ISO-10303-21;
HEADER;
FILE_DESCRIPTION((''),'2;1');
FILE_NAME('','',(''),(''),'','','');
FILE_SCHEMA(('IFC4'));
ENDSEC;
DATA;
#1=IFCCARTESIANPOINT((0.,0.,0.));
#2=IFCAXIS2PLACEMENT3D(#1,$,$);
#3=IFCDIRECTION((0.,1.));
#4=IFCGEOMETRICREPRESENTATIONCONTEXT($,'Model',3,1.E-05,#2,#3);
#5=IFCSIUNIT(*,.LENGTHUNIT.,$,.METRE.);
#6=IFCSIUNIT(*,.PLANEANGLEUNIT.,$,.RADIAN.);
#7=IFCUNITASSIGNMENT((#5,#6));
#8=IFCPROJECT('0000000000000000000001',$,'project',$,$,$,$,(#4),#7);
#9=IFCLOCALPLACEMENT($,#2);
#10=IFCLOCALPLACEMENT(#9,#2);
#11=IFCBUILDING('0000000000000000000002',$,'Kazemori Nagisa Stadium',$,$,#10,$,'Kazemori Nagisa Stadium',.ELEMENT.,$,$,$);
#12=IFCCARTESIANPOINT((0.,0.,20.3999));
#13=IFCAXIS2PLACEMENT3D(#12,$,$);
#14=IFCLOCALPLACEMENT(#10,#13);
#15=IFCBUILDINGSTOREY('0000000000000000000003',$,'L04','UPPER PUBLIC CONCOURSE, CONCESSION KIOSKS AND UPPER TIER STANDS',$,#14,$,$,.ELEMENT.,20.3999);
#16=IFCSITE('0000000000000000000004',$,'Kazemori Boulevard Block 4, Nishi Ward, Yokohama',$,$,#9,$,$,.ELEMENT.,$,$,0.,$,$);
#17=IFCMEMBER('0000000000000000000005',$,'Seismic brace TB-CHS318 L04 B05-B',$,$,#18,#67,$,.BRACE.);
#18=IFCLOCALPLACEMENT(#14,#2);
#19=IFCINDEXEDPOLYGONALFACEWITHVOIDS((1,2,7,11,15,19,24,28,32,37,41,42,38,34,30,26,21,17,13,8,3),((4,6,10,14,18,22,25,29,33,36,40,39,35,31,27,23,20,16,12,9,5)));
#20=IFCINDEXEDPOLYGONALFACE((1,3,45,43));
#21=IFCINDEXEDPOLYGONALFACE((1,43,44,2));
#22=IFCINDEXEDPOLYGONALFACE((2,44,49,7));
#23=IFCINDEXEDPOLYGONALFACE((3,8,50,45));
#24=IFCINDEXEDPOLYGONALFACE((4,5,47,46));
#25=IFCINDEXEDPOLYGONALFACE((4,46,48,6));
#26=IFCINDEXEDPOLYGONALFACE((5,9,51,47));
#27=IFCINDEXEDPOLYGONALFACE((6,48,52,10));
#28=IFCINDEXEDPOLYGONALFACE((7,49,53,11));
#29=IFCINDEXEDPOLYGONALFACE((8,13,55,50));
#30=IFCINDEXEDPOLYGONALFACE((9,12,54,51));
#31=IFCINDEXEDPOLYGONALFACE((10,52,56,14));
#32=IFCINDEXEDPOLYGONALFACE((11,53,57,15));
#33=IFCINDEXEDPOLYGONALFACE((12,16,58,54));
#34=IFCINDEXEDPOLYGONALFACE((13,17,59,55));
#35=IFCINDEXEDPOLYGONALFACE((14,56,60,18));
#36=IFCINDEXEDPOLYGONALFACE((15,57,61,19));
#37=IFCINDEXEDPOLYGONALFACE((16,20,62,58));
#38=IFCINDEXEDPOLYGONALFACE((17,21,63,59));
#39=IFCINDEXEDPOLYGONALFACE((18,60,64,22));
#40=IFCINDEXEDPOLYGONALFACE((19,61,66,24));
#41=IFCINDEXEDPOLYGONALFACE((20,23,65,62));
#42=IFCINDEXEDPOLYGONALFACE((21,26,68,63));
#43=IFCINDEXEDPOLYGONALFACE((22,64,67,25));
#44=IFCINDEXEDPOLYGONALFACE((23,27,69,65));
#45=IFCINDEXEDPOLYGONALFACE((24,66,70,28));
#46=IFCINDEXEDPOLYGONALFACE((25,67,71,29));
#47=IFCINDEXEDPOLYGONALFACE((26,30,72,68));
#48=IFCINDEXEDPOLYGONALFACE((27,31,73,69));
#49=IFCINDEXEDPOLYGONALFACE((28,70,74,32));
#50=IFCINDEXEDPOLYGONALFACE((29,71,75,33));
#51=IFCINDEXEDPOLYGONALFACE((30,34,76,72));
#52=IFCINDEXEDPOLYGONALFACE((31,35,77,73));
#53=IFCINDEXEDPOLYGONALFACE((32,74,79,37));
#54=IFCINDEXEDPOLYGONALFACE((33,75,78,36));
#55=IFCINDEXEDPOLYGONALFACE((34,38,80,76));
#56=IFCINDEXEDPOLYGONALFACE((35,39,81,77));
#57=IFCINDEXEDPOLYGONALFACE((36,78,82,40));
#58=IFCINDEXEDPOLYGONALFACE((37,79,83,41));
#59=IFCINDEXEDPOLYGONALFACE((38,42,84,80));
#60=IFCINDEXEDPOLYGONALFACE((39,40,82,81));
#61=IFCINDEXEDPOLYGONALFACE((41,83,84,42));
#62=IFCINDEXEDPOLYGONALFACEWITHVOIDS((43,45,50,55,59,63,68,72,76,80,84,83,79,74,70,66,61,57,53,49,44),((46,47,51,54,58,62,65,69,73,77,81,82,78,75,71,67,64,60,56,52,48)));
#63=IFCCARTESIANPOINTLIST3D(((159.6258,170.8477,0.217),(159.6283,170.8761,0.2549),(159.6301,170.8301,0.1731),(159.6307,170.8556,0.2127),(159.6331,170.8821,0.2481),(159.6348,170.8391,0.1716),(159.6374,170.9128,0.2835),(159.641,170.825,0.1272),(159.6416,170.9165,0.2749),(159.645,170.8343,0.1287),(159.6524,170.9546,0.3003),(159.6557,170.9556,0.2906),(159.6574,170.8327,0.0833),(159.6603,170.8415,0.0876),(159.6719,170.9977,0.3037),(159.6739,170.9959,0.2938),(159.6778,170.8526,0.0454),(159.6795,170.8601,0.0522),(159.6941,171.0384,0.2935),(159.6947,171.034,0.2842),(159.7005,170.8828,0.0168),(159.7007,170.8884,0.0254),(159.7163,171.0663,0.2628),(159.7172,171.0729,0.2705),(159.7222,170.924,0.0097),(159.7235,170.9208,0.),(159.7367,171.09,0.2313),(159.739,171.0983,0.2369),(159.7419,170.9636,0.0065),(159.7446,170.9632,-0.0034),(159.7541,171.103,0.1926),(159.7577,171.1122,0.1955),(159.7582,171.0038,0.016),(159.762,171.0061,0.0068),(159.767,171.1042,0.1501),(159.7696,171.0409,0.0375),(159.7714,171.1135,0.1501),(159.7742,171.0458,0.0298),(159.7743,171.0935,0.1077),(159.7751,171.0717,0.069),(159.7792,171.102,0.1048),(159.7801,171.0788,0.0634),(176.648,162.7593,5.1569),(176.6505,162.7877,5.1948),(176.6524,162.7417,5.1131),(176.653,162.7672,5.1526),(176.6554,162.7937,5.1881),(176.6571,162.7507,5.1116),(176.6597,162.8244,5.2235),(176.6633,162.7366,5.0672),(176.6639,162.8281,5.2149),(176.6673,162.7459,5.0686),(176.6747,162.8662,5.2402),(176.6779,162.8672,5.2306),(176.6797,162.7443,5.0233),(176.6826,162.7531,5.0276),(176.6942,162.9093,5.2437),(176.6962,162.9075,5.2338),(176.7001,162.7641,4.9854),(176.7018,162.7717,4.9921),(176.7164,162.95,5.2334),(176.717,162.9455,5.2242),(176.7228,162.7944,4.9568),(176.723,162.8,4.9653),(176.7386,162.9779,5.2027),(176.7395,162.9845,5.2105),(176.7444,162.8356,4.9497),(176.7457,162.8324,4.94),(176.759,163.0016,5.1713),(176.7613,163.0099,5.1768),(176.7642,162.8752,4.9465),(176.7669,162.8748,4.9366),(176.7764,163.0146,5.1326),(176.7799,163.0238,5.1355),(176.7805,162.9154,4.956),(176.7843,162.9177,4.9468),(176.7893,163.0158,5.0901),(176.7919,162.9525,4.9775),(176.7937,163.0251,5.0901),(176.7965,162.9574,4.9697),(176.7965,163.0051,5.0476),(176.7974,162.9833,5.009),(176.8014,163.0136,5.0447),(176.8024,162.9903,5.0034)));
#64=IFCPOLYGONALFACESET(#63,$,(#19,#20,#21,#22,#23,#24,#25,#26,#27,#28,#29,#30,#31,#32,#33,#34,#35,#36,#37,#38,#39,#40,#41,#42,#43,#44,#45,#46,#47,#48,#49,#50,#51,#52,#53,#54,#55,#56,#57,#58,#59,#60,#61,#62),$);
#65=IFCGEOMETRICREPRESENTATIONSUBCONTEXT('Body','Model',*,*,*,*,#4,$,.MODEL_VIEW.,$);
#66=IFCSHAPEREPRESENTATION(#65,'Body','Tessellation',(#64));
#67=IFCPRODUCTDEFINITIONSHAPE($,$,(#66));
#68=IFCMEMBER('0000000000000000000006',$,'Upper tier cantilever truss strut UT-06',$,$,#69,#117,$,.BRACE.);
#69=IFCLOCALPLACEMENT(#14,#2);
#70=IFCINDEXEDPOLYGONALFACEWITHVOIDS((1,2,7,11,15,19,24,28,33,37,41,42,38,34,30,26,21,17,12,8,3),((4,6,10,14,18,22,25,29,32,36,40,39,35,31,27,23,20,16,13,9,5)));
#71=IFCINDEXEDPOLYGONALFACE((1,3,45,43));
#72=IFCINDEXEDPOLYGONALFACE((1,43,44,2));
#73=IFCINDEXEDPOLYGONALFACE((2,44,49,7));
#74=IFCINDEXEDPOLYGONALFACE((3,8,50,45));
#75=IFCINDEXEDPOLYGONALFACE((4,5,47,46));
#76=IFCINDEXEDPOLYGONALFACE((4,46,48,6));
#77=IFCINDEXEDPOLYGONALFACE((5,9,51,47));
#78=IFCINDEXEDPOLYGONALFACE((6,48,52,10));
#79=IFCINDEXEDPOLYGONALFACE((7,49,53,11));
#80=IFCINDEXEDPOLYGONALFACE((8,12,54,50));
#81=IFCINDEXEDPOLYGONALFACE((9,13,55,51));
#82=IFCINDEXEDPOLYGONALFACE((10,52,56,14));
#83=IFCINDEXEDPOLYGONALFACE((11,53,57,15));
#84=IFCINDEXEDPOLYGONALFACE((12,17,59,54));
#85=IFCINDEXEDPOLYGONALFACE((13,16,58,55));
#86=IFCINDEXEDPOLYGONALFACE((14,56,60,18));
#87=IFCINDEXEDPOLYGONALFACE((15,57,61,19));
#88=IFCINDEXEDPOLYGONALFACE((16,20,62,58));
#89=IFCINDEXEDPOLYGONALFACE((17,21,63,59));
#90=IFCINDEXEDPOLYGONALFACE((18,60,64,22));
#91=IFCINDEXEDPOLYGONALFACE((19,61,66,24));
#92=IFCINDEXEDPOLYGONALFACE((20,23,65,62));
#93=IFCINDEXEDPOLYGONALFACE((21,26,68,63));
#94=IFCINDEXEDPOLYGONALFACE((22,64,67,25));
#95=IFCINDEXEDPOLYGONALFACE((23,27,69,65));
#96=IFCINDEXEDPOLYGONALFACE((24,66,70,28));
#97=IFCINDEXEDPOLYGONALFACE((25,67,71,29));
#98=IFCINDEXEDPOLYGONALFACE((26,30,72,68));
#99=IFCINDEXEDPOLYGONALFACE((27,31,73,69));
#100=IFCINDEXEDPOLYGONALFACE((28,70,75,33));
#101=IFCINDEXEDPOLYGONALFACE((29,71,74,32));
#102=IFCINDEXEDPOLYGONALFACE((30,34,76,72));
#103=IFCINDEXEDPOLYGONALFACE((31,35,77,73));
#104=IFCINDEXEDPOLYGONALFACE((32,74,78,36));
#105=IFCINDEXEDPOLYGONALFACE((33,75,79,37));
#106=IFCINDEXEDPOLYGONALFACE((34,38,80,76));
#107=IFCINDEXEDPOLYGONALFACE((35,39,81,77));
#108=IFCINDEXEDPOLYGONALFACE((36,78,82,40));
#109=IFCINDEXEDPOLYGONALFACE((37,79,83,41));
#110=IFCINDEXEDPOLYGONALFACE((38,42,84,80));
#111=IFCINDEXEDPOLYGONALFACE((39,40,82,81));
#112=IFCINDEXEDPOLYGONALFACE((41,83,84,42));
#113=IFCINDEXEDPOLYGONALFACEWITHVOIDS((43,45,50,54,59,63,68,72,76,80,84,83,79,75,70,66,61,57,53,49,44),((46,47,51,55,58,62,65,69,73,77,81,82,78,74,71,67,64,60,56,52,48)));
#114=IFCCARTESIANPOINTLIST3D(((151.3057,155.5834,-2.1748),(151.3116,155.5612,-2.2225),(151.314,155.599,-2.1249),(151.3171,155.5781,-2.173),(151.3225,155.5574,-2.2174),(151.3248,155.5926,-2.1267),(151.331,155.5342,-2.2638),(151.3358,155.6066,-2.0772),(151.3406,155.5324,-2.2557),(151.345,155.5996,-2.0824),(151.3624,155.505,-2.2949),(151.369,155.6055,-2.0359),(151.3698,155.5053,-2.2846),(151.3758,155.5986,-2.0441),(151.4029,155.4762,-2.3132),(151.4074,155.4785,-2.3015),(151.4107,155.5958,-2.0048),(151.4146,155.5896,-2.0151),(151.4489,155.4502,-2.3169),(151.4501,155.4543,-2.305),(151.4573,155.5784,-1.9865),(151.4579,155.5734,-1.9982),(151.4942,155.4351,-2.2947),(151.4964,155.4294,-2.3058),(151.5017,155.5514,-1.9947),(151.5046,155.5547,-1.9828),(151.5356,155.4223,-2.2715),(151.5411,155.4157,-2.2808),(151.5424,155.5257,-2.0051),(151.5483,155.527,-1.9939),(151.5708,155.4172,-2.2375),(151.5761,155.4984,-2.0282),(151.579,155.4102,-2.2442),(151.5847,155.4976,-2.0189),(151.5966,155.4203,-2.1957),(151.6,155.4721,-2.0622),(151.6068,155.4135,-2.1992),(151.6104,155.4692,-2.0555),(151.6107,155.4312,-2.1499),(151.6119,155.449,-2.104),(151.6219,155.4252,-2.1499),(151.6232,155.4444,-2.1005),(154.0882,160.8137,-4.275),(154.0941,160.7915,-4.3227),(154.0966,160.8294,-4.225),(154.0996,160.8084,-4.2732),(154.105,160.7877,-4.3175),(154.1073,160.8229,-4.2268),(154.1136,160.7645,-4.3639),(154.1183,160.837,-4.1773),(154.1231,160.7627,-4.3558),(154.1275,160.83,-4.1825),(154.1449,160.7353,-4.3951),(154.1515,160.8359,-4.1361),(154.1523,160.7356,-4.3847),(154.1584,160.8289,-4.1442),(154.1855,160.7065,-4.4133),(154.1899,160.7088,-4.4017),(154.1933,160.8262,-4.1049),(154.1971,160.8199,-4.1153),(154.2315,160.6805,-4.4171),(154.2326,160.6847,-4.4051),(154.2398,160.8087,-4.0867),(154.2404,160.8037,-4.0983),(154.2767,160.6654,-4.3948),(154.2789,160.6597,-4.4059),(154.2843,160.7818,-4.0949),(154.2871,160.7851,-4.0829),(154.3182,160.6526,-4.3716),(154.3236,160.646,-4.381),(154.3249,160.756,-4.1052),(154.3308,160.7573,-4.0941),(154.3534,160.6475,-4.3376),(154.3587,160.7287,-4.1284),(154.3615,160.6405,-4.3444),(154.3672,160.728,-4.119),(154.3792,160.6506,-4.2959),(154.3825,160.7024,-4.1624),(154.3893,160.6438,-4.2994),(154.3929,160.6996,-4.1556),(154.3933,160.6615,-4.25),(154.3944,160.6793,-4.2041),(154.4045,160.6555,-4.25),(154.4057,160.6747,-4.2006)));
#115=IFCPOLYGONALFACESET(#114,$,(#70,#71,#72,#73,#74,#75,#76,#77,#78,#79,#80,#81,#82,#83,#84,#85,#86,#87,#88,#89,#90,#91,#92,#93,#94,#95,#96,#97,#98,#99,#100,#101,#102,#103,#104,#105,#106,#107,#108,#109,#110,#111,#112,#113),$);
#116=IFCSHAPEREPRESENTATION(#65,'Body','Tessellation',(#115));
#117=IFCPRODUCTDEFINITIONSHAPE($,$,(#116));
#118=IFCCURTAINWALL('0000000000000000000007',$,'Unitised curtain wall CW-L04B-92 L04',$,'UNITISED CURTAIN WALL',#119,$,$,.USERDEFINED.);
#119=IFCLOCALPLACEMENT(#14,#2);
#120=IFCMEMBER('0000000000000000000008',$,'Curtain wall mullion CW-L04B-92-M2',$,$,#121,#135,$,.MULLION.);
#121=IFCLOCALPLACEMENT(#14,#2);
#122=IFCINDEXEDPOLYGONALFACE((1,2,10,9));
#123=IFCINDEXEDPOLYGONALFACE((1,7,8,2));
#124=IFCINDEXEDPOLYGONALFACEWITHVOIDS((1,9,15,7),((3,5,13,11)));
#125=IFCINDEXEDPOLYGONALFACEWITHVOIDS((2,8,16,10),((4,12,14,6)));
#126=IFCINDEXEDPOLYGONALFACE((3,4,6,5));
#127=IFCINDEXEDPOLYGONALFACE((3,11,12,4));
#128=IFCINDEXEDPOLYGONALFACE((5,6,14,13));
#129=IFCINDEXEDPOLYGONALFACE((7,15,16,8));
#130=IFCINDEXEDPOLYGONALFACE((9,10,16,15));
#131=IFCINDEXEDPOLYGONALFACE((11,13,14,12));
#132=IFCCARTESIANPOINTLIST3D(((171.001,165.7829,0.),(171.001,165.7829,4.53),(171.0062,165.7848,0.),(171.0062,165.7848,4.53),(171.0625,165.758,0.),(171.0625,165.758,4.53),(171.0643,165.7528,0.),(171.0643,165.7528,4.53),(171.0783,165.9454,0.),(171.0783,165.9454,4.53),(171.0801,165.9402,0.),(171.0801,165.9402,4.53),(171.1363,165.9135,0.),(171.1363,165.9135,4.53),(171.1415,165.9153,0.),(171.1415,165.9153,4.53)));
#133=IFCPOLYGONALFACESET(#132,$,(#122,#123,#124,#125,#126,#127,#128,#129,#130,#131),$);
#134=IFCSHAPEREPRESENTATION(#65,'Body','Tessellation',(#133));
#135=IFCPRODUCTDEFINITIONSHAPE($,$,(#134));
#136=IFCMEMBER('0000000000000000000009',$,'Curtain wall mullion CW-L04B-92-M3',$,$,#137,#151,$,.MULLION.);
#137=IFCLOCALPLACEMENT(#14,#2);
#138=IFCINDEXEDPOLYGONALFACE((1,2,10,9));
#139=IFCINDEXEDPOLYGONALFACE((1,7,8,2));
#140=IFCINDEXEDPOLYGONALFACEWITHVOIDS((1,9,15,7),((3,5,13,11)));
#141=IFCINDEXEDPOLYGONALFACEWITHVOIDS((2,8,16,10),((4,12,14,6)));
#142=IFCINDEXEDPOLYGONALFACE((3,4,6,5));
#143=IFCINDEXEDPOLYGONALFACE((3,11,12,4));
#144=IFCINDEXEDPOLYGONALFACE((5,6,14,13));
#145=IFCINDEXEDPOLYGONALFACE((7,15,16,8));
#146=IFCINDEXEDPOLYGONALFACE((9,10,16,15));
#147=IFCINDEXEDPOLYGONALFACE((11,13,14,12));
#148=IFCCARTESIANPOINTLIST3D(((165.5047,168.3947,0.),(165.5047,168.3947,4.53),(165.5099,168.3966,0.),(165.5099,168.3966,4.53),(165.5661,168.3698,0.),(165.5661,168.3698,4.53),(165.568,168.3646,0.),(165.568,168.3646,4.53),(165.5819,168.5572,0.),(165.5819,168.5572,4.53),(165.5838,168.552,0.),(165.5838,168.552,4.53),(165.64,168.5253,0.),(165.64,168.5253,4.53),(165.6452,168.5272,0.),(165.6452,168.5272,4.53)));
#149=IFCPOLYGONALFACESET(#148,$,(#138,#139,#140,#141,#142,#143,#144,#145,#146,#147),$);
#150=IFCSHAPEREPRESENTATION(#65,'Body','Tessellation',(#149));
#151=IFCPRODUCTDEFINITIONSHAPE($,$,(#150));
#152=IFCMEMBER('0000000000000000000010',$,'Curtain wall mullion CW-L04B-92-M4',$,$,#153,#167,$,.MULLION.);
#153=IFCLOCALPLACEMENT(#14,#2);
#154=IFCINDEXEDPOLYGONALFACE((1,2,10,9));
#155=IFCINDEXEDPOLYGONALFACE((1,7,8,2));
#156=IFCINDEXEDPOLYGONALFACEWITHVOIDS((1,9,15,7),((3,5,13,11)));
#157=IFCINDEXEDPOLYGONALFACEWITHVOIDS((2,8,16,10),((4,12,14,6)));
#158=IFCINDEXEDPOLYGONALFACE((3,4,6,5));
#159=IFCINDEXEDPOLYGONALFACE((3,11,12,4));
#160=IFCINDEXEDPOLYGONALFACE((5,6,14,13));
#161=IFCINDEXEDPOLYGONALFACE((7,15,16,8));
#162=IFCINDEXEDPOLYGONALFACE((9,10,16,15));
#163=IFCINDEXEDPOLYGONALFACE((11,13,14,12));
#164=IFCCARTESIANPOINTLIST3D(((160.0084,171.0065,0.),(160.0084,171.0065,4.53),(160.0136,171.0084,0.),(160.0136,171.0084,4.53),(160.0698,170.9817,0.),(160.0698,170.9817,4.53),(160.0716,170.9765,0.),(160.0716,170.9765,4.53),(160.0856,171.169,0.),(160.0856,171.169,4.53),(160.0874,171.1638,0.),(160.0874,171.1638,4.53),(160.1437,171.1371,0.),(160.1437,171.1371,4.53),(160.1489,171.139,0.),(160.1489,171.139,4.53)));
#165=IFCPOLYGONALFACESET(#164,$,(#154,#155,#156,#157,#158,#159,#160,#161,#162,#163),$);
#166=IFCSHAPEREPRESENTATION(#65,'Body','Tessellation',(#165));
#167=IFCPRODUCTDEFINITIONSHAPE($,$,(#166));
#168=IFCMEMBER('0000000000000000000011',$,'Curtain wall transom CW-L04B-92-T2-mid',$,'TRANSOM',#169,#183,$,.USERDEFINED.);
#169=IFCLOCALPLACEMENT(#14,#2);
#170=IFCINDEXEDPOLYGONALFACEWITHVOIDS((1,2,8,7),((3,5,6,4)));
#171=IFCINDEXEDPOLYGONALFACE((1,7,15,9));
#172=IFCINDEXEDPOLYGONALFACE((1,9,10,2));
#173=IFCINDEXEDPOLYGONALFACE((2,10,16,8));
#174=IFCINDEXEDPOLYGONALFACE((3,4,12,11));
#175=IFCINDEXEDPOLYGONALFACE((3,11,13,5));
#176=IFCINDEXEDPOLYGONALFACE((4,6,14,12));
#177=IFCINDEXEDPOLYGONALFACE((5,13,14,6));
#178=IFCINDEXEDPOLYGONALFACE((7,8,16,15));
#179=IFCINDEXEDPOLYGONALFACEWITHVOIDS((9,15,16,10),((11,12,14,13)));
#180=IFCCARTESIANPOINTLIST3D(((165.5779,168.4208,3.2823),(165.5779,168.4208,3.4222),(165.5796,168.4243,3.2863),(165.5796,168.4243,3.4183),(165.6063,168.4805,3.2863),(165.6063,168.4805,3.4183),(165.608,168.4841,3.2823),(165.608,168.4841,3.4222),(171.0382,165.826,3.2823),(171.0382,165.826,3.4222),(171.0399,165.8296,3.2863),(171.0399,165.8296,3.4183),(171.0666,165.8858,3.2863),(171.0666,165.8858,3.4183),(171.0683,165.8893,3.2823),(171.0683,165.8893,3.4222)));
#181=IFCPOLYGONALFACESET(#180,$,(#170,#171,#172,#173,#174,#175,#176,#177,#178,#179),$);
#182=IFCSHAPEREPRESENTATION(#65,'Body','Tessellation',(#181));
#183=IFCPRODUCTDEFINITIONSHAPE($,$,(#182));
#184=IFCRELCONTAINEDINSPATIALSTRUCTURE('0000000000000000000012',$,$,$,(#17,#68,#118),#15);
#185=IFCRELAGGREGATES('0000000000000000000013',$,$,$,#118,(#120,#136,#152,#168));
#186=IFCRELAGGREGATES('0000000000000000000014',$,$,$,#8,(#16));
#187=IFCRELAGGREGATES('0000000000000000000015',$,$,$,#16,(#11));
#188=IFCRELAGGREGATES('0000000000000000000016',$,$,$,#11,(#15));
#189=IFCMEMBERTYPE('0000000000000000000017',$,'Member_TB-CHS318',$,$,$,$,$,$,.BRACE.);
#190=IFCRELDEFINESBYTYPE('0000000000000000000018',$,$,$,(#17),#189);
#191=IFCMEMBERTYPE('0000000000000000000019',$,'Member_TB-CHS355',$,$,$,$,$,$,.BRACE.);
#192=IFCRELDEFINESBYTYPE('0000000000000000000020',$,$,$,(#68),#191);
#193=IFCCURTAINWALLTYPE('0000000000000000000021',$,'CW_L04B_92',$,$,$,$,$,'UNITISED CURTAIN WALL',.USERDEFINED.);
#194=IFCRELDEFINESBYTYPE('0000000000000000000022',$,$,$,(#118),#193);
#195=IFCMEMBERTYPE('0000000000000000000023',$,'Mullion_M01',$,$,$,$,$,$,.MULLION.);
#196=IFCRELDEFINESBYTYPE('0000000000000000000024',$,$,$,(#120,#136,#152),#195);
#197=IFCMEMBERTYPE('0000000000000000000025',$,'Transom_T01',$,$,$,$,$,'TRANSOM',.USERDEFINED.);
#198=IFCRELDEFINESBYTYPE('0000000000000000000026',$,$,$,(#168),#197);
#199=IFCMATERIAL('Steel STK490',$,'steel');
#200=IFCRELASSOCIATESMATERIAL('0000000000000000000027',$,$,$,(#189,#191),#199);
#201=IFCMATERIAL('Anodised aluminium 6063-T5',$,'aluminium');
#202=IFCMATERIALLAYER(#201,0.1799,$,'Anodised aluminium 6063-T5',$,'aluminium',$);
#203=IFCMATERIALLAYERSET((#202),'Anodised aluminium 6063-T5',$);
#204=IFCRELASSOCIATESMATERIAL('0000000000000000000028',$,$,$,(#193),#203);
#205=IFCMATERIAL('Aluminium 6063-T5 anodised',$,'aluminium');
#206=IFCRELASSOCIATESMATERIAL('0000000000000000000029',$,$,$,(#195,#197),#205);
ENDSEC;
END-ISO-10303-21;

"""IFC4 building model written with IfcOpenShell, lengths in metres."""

from ifc_helpers import new_model, si_unit, direction, frame, origin, origin_2d, place, context, subcontext, project, spatial, hollow_rectangle, hollow_circle, extrude, material, layer, layer_set, material_profile, profile_set, type_object, element, aggregate, save


model = new_model("IFC4")

# Units and contexts
model_context = context("Model", 3, precision=1e-05, world=origin(), true_north=direction((0.0, 1.0)))
body_context = subcontext(model_context, "Body", "Model", "MODEL_VIEW")
ifc_project = project(units=[si_unit("LENGTHUNIT", "METRE"), si_unit("PLANEANGLEUNIT", "RADIAN")], contexts=[model_context])

# Site, building, storey
site_placement = place(None, origin())
site = spatial("IfcSite", under=ifc_project, at=site_placement, Name="Kazemori Boulevard Block 4, Nishi Ward, Yokohama", CompositionType="ELEMENT", RefElevation=0.0)
building_placement = place(site_placement, origin())
building = spatial("IfcBuilding", under=site, at=building_placement, Name="Kazemori Nagisa Stadium", LongName="Kazemori Nagisa Stadium", CompositionType="ELEMENT")
storey_placement = place(building_placement, frame((0.0, 0.0, 20.3999)))
storey = spatial("IfcBuildingStorey", under=building, at=storey_placement, Name="L04", Description="UPPER PUBLIC CONCOURSE, CONCESSION KIOSKS AND UPPER TIER STANDS", CompositionType="ELEMENT", Elevation=20.3999)

# Members
ifc_material_1 = material(Name="Steel STK490", Category="steel")
ifc_material_profile_1 = material_profile(ifc_material_1, hollow_circle(Radius=0.1592, WallThickness=0.0103, at=origin_2d()), Name="CHS-318.5x10.3")
ifc_profile_set_1 = profile_set([ifc_material_profile_1], Name="Steel STK490")
member_type_1 = type_object("IfcMemberType", Name="Member_TB-CHS318", PredefinedType="BRACE", material=ifc_profile_set_1)
member_1_placement = place(storey_placement, frame((159.7031, 170.9697, 0.1501), z_axis=(0.873703, -0.415154, 0.253554), x_axis=(0.429179, 0.903219, 0.0)))
element("IfcMember", 1, at=member_1_placement, inside=storey, type_object=member_type_1, Name="Seismic brace TB-CHS318 L04 B05-B", PredefinedType="BRACE", context=body_context, shape_type="SweptSolid", body=[
    extrude(hollow_circle(Radius=0.1592, WallThickness=0.0103, at=origin_2d()), origin(), (0.0, 0.0, 1.0), 19.4829),
])
ifc_material_profile_2 = material_profile(ifc_material_1, hollow_circle(Radius=0.1777, WallThickness=0.0127, at=origin_2d()), Name="CHS-355.6x12.7")
ifc_profile_set_2 = profile_set([ifc_material_profile_2], Name="Steel STK490")
member_type_2 = type_object("IfcMemberType", Name="Member_TB-CHS355", PredefinedType="BRACE", material=ifc_profile_set_2)
member_2_placement = place(storey_placement, frame((154.2476, 160.739, -4.25), z_axis=(-0.442679, -0.832106, 0.334117), x_axis=(0.882842, -0.46967, 0.0)))
element("IfcMember", 2, at=member_2_placement, inside=storey, type_object=member_type_2, Name="Upper tier cantilever truss strut UT-06", PredefinedType="BRACE", context=body_context, shape_type="SweptSolid", body=[
    extrude(hollow_circle(Radius=0.1777, WallThickness=0.0127, at=origin_2d()), origin(), (0.0, 0.0, 1.0), 6.2856),
])

# Curtain wall, members
ifc_material_2 = material(Name="Anodised aluminium 6063-T5", Category="aluminium")
ifc_layer_1 = layer(ifc_material_2, 0.1799, Name="Anodised aluminium 6063-T5", Category="aluminium")
ifc_layer_set_1 = layer_set([ifc_layer_1], Name="Anodised aluminium 6063-T5")
curtain_wall_type = type_object("IfcCurtainWallType", Name="CW_L04B_92", ElementType="UNITISED CURTAIN WALL", PredefinedType="USERDEFINED", material=ifc_layer_set_1)
curtain_wall_placement = place(storey_placement, origin())
curtain_wall = element("IfcCurtainWall", 3, at=curtain_wall_placement, inside=storey, type_object=curtain_wall_type, Name="Unitised curtain wall CW-L04B-92 L04", ObjectType="UNITISED CURTAIN WALL", PredefinedType="USERDEFINED")
ifc_material_3 = material(Name="Aluminium 6063-T5 anodised", Category="aluminium")
ifc_material_profile_3 = material_profile(ifc_material_3, hollow_rectangle(XDim=0.0701, YDim=0.1799, WallThickness=0.0039, at=origin_2d()), Name="ALU-MULL-70x180x4")
ifc_profile_set_3 = profile_set([ifc_material_profile_3], Name="Aluminium 6063-T5 anodised")
member_type_3 = type_object("IfcMemberType", Name="Mullion_M01", PredefinedType="MULLION", material=ifc_profile_set_3)
member_3_placement = place(storey_placement, frame((171.0713, 165.8491, 0.0), z_axis=(0.0, 0.0, 1.0), x_axis=(-0.903216, 0.429186, 0.0)))
member_3 = element("IfcMember", 4, at=member_3_placement, type_object=member_type_3, Name="Curtain wall mullion CW-L04B-92-M2", PredefinedType="MULLION", context=body_context, shape_type="SweptSolid", body=[
    extrude(hollow_rectangle(XDim=0.0701, YDim=0.1799, WallThickness=0.0039, at=origin_2d()), origin(), (0.0, 0.0, 1.0), 4.53),
])
member_4_placement = place(storey_placement, frame((165.575, 168.4609, 0.0), z_axis=(0.0, 0.0, 1.0), x_axis=(-0.903216, 0.429186, 0.0)))
member_4 = element("IfcMember", 5, at=member_4_placement, type_object=member_type_3, Name="Curtain wall mullion CW-L04B-92-M3", PredefinedType="MULLION", context=body_context, shape_type="SweptSolid", body=[
    extrude(hollow_rectangle(XDim=0.0701, YDim=0.1799, WallThickness=0.0039, at=origin_2d()), origin(), (0.0, 0.0, 1.0), 4.53),
])
member_5_placement = place(storey_placement, frame((160.0786, 171.0728, 0.0), z_axis=(0.0, 0.0, 1.0), x_axis=(-0.903216, 0.429186, 0.0)))
member_5 = element("IfcMember", 6, at=member_5_placement, type_object=member_type_3, Name="Curtain wall mullion CW-L04B-92-M4", PredefinedType="MULLION", context=body_context, shape_type="SweptSolid", body=[
    extrude(hollow_rectangle(XDim=0.0701, YDim=0.1799, WallThickness=0.0039, at=origin_2d()), origin(), (0.0, 0.0, 1.0), 4.53),
])
ifc_material_profile_4 = material_profile(ifc_material_3, hollow_rectangle(XDim=0.0701, YDim=0.1399, WallThickness=0.0039, at=origin_2d()), Name="ALU-TRAN-70x140x4")
ifc_profile_set_4 = profile_set([ifc_material_profile_4], Name="Aluminium 6063-T5 anodised")
member_type_4 = type_object("IfcMemberType", Name="Transom_T01", ElementType="TRANSOM", PredefinedType="USERDEFINED", material=ifc_profile_set_4)
member_6_placement = place(storey_placement, frame((171.0532, 165.8577, 3.3523), z_axis=(-0.903205, 0.429209, 0.0), x_axis=(-0.429209, -0.903205, 0.0)))
member_6 = element("IfcMember", 7, at=member_6_placement, type_object=member_type_4, Name="Curtain wall transom CW-L04B-92-T2-mid", ObjectType="TRANSOM", PredefinedType="USERDEFINED", context=body_context, shape_type="SweptSolid", body=[
    extrude(hollow_rectangle(XDim=0.0701, YDim=0.1399, WallThickness=0.0039, at=origin_2d()), origin(), (0.0, 0.0, 1.0), 6.0454),
])
aggregate(curtain_wall, [member_3, member_4, member_5, member_6])

save(model, "model.ifc")
